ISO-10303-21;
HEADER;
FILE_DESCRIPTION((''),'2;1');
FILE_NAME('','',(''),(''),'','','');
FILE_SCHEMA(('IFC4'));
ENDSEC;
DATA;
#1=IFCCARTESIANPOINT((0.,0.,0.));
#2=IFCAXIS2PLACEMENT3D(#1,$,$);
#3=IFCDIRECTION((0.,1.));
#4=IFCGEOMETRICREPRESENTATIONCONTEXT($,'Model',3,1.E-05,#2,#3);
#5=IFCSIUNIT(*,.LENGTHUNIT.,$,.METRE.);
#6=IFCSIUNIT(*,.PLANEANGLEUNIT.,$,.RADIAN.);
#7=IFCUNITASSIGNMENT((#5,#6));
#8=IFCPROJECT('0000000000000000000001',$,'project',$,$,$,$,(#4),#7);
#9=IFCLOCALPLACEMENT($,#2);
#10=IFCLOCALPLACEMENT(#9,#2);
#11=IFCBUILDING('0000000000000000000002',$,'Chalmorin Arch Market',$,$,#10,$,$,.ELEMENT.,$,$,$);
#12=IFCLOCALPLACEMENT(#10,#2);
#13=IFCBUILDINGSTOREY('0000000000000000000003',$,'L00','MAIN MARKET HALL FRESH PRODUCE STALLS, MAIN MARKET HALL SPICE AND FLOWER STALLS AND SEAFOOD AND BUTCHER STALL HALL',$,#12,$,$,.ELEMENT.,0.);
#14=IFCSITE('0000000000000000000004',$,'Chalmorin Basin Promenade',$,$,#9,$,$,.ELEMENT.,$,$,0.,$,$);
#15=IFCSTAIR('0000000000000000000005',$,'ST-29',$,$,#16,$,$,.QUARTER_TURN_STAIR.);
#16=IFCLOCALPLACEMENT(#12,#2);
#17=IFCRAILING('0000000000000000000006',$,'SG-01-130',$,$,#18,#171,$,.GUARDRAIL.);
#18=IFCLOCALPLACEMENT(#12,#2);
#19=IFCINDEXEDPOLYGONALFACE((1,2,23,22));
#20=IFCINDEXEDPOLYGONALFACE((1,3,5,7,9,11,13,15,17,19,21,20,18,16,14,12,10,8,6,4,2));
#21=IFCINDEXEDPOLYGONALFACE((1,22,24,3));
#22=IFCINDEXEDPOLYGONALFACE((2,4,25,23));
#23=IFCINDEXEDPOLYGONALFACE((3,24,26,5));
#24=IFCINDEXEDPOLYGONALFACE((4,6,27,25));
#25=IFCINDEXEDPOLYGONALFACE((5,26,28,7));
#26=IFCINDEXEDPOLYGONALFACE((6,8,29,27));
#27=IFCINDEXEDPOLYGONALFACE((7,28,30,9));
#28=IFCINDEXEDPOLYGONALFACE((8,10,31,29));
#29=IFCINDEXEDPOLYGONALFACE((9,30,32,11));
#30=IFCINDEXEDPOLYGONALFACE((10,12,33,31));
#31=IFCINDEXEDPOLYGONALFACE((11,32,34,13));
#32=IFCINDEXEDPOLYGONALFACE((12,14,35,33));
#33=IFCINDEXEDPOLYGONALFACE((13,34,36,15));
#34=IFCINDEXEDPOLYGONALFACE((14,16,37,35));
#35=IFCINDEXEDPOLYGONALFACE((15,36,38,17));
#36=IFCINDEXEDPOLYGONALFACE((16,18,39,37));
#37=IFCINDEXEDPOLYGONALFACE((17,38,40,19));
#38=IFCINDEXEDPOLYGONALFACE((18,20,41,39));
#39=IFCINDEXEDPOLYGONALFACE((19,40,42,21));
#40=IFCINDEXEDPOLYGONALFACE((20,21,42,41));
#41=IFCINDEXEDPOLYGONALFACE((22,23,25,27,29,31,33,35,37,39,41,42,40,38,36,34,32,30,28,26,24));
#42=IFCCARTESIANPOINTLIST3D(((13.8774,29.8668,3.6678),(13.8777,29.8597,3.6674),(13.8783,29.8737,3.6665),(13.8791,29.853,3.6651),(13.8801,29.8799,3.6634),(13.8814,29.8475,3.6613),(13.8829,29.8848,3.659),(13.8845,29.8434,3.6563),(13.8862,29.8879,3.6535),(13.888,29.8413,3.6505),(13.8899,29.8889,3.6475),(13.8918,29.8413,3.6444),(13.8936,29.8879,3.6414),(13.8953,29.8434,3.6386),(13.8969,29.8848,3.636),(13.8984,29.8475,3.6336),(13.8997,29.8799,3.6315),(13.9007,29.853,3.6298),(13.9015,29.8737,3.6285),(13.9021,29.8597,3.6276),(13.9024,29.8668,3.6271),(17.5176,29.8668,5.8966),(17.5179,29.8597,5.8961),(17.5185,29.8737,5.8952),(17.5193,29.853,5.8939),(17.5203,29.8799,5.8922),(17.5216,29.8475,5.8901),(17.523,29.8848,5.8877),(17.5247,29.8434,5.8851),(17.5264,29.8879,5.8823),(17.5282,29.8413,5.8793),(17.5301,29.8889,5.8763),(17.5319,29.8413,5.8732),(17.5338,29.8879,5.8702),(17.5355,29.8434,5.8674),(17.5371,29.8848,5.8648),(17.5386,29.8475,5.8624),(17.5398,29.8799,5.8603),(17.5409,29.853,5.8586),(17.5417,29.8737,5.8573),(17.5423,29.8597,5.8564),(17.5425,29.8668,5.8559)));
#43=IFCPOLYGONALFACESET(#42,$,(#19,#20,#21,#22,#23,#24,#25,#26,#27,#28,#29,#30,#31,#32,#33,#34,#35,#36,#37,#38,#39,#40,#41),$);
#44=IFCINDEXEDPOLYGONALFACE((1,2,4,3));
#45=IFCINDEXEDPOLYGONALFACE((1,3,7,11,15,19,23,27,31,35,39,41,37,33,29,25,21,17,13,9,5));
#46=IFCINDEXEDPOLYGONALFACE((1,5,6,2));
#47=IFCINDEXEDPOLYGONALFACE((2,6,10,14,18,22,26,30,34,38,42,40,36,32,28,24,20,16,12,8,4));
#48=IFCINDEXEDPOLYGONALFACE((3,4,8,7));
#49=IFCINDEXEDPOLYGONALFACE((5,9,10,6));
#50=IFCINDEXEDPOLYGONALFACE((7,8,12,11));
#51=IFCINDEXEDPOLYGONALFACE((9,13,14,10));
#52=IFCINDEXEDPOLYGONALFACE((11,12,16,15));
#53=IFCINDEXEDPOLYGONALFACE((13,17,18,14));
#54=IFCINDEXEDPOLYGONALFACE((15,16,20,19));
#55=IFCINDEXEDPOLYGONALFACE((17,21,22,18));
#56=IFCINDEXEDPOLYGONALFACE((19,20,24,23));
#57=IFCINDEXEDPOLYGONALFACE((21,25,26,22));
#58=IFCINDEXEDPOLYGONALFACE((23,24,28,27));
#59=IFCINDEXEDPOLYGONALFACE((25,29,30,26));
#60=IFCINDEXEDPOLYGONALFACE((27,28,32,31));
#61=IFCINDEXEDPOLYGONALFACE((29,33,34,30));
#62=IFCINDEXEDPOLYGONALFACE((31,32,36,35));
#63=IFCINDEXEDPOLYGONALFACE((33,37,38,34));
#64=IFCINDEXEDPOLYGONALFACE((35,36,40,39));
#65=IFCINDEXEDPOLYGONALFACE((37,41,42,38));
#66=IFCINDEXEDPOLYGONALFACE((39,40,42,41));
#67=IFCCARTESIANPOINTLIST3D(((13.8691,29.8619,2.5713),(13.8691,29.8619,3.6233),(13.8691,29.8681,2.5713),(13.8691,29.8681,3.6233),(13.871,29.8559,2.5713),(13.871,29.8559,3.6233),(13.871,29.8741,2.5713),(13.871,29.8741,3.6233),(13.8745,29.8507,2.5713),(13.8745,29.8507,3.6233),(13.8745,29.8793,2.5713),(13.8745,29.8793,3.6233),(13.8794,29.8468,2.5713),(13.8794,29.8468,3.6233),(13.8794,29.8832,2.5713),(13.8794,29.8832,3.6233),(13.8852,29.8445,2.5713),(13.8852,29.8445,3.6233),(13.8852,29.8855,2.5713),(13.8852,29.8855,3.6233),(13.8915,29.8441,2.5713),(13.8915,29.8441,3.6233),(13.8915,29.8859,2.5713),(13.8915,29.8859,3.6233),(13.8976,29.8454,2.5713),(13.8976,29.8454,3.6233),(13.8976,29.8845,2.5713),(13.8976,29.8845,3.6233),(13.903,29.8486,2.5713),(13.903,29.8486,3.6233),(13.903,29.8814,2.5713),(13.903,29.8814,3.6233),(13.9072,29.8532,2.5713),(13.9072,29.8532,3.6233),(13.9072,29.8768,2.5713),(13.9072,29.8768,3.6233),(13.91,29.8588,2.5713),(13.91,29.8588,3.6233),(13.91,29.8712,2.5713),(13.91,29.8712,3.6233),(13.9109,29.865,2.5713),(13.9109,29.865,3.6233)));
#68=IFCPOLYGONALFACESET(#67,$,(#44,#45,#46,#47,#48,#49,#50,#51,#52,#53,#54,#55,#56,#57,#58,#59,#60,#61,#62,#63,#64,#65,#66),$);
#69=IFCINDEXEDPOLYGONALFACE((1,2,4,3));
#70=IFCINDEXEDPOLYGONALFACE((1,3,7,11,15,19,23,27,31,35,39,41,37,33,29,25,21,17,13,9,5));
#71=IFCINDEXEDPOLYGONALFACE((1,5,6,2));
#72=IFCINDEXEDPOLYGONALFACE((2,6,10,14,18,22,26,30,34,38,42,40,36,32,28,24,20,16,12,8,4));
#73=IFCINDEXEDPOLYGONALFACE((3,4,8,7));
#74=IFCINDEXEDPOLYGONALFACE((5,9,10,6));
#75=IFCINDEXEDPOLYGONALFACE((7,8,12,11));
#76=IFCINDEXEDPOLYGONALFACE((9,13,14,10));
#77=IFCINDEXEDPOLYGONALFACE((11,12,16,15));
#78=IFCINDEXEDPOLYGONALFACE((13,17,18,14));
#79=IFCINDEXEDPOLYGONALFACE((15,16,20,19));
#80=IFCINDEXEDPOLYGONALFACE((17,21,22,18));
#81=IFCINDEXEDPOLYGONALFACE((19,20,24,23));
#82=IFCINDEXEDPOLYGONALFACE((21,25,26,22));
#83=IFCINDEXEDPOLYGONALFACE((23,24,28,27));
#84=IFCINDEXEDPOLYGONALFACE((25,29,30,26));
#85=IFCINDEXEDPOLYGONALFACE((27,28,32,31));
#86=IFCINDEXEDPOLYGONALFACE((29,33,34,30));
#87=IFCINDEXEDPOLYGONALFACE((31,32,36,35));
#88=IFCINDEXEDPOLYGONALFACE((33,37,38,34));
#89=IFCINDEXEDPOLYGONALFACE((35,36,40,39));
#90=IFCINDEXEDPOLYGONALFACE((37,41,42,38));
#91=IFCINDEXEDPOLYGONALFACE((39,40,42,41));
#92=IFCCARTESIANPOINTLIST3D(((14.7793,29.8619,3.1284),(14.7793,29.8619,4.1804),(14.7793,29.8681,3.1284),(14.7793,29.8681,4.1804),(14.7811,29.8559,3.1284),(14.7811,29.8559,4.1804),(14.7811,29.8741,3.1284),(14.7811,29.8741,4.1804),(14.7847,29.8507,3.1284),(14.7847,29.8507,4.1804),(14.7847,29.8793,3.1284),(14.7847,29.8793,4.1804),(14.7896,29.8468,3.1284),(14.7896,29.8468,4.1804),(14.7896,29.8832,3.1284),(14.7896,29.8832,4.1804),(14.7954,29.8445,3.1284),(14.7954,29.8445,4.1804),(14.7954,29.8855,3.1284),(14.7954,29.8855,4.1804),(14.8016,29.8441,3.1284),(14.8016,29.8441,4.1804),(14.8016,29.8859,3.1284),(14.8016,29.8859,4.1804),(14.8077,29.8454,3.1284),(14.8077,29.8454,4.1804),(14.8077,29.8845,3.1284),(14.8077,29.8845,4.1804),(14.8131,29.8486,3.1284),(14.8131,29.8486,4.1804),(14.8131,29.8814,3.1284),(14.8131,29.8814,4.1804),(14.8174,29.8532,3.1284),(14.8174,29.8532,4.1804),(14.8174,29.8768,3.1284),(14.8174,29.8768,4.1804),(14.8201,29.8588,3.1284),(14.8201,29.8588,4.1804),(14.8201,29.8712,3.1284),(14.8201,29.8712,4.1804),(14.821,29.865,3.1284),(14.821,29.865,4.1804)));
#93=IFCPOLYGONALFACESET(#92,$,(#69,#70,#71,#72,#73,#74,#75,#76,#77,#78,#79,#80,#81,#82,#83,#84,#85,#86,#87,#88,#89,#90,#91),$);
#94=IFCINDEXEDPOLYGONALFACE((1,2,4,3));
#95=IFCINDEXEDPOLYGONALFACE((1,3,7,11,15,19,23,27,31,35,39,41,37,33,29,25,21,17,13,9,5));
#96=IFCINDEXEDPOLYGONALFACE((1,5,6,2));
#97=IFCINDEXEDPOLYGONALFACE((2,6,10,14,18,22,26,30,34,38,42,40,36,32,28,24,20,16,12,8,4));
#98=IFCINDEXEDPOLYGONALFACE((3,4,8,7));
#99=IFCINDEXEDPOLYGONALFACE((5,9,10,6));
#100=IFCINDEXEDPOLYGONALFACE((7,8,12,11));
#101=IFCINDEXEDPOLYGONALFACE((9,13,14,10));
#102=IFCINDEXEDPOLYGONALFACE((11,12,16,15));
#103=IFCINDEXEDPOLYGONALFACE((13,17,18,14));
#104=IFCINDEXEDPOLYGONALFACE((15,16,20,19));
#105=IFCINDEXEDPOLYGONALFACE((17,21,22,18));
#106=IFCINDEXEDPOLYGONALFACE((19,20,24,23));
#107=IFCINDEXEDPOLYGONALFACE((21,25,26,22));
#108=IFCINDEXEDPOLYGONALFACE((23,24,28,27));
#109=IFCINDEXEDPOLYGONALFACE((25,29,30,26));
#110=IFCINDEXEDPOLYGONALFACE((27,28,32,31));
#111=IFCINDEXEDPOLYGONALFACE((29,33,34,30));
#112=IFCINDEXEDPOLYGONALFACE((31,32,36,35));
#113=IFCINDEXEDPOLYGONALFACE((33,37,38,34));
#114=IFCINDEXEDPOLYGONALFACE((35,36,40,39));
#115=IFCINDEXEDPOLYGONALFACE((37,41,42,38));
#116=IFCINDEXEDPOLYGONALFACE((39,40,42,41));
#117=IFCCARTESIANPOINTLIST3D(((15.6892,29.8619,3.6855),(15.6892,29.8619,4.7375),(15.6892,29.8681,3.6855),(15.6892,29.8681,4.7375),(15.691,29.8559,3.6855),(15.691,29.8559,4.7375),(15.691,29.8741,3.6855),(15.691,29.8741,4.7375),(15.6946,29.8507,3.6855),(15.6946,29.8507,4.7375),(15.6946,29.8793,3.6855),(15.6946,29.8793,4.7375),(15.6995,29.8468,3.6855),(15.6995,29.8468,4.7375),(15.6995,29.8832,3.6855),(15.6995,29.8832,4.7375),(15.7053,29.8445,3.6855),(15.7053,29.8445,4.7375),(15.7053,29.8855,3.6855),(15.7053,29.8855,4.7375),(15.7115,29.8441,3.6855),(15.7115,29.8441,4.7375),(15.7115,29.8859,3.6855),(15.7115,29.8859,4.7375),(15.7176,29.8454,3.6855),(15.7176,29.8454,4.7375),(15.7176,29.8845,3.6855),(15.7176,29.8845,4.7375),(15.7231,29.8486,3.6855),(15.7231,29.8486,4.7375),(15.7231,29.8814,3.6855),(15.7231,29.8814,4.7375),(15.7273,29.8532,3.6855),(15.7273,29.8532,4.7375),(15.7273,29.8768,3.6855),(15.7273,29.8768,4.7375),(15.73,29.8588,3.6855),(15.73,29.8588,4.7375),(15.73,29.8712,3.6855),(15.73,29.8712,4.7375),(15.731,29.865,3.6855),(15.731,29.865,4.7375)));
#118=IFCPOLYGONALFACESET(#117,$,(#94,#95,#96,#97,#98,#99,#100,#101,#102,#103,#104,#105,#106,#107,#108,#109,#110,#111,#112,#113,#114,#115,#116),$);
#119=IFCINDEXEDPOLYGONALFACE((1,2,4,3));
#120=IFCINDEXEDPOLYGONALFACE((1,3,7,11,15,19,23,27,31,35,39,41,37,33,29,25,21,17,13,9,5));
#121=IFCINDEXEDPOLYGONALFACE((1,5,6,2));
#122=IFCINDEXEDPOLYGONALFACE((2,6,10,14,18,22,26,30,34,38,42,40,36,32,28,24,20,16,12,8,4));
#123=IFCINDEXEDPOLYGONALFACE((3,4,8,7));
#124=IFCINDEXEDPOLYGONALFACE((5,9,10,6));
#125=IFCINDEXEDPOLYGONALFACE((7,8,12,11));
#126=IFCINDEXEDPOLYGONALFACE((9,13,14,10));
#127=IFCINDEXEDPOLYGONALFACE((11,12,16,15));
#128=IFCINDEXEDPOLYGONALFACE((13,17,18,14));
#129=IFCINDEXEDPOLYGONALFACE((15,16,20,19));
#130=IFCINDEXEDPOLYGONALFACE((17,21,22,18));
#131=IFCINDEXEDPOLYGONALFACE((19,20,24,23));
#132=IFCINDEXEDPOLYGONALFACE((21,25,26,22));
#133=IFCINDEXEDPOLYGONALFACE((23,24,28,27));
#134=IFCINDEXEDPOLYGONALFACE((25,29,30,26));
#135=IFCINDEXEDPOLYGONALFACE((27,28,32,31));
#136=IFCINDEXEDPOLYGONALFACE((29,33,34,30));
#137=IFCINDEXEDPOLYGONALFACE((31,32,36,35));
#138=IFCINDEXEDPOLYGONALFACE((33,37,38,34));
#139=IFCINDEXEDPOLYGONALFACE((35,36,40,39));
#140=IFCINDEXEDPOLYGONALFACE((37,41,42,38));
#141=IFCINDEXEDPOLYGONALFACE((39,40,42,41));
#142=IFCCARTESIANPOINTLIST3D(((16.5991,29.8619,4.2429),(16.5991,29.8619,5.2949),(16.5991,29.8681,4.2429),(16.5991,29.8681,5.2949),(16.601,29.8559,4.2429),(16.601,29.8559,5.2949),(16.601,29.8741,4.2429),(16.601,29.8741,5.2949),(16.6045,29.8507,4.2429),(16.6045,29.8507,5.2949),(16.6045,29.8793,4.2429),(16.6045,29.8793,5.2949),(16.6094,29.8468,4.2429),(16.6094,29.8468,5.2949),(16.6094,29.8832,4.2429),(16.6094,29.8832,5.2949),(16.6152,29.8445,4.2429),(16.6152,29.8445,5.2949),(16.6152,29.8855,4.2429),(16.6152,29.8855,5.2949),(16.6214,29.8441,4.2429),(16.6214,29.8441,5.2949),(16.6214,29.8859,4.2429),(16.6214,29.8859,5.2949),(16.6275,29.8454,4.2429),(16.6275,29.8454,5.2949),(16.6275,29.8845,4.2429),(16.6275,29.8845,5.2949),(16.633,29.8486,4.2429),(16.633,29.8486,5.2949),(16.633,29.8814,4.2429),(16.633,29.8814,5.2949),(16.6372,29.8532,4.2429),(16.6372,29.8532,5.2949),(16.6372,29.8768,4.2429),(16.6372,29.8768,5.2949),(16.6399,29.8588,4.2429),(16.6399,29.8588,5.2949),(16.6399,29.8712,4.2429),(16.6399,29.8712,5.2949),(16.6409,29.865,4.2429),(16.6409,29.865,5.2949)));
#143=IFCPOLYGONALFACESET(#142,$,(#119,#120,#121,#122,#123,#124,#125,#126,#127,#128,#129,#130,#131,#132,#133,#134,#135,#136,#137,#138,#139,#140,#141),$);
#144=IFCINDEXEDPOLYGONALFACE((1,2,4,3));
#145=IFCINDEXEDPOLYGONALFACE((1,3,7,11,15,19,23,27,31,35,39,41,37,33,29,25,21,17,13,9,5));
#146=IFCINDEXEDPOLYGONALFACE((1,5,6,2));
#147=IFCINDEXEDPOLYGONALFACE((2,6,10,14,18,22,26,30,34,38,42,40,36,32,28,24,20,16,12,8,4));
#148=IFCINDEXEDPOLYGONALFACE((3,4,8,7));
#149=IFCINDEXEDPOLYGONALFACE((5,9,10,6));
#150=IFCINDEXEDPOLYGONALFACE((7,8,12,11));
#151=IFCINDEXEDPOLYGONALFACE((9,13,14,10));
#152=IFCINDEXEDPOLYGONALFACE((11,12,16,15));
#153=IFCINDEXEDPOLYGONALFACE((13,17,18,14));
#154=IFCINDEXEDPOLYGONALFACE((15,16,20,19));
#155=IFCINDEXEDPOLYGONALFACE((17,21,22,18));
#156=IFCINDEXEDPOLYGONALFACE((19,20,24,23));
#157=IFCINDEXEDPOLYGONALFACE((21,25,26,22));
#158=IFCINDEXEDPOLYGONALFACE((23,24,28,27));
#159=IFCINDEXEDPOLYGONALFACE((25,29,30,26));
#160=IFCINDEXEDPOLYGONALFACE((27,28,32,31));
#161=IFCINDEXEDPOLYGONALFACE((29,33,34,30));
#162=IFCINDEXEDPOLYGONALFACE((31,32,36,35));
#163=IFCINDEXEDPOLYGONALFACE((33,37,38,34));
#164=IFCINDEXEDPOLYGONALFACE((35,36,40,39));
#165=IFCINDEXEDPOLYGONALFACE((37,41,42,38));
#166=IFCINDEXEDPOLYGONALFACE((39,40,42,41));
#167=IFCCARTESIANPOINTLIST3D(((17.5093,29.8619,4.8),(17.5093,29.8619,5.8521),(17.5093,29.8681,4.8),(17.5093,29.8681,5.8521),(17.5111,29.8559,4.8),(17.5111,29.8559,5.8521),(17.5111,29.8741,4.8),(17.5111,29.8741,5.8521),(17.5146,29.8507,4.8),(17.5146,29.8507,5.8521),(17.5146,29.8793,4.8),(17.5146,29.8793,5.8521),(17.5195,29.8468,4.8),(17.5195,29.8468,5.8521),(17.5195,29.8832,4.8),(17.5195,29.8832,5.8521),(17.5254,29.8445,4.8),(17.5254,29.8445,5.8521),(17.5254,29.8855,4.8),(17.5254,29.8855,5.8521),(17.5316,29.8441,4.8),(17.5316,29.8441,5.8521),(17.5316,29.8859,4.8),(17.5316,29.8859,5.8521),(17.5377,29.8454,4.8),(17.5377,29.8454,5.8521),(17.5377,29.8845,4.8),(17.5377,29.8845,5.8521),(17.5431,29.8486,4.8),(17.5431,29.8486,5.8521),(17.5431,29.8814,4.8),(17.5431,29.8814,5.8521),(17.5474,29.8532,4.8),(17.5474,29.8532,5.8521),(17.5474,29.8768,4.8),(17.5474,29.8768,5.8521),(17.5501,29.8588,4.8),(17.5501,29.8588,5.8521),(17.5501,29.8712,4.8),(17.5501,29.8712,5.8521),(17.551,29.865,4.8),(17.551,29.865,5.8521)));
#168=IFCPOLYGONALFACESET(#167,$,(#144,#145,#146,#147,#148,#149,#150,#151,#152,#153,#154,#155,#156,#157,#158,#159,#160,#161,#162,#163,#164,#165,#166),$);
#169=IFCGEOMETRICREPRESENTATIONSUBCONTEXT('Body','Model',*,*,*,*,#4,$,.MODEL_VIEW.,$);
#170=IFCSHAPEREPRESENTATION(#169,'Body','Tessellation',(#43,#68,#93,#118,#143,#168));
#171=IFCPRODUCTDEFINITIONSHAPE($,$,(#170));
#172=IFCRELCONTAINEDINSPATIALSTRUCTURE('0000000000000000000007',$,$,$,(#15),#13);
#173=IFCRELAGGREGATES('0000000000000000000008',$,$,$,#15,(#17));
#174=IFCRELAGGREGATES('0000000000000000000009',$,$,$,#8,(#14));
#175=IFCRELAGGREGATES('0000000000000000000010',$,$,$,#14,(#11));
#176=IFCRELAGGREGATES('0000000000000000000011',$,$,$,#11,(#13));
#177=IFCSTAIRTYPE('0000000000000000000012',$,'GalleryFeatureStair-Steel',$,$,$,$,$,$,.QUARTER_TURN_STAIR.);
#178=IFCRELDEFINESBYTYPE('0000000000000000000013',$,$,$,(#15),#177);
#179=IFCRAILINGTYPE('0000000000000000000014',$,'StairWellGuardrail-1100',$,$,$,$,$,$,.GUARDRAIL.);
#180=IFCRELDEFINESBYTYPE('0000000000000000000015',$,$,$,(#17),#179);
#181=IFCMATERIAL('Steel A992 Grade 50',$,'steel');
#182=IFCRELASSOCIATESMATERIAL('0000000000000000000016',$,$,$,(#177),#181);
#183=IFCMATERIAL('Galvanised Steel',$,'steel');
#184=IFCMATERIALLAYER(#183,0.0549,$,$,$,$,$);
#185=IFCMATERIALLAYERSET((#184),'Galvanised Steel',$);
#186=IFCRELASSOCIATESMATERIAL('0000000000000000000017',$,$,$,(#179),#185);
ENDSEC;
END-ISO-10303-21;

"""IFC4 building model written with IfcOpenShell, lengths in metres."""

from ifc_helpers import new_model, si_unit, direction, frame, origin, origin_2d, place, context, subcontext, project, spatial, circle, extrude, material, layer, layer_set, type_object, element, aggregate, save


model = new_model("IFC4")

# Units and contexts
model_context = context("Model", 3, precision=1e-05, world=origin(), true_north=direction((0.0, 1.0)))
body_context = subcontext(model_context, "Body", "Model", "MODEL_VIEW")
ifc_project = project(units=[si_unit("LENGTHUNIT", "METRE"), si_unit("PLANEANGLEUNIT", "RADIAN")], contexts=[model_context])

# Site, building, storey
site_placement = place(None, origin())
site = spatial("IfcSite", under=ifc_project, at=site_placement, Name="Chalmorin Basin Promenade", CompositionType="ELEMENT", RefElevation=0.0)
building_placement = place(site_placement, origin())
building = spatial("IfcBuilding", under=site, at=building_placement, Name="Chalmorin Arch Market", CompositionType="ELEMENT")
storey_placement = place(building_placement, origin())
storey = spatial("IfcBuildingStorey", under=building, at=storey_placement, Name="L00", Description="MAIN MARKET HALL FRESH PRODUCE STALLS, MAIN MARKET HALL SPICE AND FLOWER STALLS AND SEAFOOD AND BUTCHER STALL HALL", CompositionType="ELEMENT", Elevation=0.0)

# Shared definitions
ifc_material_1 = material(Name="Steel A992 Grade 50", Category="steel")

# Stair, railing
stair_type = type_object("IfcStairType", Name="GalleryFeatureStair-Steel", PredefinedType="QUARTER_TURN_STAIR", material=ifc_material_1)
stair_placement = place(storey_placement, origin())
stair = element("IfcStair", 1, at=stair_placement, inside=storey, type_object=stair_type, Name="ST-29", PredefinedType="QUARTER_TURN_STAIR")
ifc_material_2 = material(Name="Galvanised Steel", Category="steel")
ifc_layer_1 = layer(ifc_material_2, 0.0549)
ifc_layer_set_1 = layer_set([ifc_layer_1], Name="Galvanised Steel")
railing_type = type_object("IfcRailingType", Name="StairWellGuardrail-1100", PredefinedType="GUARDRAIL", material=ifc_layer_set_1)
railing_1_placement = place(storey_placement, frame((13.8899, 29.865, 2.5713)))
railing_1 = element("IfcRailing", 2, at=railing_1_placement, type_object=railing_type, Name="SG-01-130", PredefinedType="GUARDRAIL", context=body_context, shape_type="SweptSolid", body=[
    extrude(circle(Radius=0.0239, at=origin_2d()), frame((0.0, 0.0, 1.0762), z_axis=(0.85284, 0.0, 0.522172), x_axis=(0.0, 1.0, 0.0)), (0.0, 0.0, 1.0), 4.2683),
    extrude(circle(Radius=0.021, at=origin_2d()), origin(), (0.0, 0.0, 1.0), 1.052),
    extrude(circle(Radius=0.021, at=origin_2d()), frame((0.9102, 0.0, 0.5571)), (0.0, 0.0, 1.0), 1.052),
    extrude(circle(Radius=0.021, at=origin_2d()), frame((1.8201, 0.0, 1.1143)), (0.0, 0.0, 1.0), 1.052),
    extrude(circle(Radius=0.021, at=origin_2d()), frame((2.73, 0.0, 1.6716)), (0.0, 0.0, 1.0), 1.052),
    extrude(circle(Radius=0.021, at=origin_2d()), frame((3.6401, 0.0, 2.2288)), (0.0, 0.0, 1.0), 1.052),
])
aggregate(stair, [railing_1])

save(model, "model.ifc")
